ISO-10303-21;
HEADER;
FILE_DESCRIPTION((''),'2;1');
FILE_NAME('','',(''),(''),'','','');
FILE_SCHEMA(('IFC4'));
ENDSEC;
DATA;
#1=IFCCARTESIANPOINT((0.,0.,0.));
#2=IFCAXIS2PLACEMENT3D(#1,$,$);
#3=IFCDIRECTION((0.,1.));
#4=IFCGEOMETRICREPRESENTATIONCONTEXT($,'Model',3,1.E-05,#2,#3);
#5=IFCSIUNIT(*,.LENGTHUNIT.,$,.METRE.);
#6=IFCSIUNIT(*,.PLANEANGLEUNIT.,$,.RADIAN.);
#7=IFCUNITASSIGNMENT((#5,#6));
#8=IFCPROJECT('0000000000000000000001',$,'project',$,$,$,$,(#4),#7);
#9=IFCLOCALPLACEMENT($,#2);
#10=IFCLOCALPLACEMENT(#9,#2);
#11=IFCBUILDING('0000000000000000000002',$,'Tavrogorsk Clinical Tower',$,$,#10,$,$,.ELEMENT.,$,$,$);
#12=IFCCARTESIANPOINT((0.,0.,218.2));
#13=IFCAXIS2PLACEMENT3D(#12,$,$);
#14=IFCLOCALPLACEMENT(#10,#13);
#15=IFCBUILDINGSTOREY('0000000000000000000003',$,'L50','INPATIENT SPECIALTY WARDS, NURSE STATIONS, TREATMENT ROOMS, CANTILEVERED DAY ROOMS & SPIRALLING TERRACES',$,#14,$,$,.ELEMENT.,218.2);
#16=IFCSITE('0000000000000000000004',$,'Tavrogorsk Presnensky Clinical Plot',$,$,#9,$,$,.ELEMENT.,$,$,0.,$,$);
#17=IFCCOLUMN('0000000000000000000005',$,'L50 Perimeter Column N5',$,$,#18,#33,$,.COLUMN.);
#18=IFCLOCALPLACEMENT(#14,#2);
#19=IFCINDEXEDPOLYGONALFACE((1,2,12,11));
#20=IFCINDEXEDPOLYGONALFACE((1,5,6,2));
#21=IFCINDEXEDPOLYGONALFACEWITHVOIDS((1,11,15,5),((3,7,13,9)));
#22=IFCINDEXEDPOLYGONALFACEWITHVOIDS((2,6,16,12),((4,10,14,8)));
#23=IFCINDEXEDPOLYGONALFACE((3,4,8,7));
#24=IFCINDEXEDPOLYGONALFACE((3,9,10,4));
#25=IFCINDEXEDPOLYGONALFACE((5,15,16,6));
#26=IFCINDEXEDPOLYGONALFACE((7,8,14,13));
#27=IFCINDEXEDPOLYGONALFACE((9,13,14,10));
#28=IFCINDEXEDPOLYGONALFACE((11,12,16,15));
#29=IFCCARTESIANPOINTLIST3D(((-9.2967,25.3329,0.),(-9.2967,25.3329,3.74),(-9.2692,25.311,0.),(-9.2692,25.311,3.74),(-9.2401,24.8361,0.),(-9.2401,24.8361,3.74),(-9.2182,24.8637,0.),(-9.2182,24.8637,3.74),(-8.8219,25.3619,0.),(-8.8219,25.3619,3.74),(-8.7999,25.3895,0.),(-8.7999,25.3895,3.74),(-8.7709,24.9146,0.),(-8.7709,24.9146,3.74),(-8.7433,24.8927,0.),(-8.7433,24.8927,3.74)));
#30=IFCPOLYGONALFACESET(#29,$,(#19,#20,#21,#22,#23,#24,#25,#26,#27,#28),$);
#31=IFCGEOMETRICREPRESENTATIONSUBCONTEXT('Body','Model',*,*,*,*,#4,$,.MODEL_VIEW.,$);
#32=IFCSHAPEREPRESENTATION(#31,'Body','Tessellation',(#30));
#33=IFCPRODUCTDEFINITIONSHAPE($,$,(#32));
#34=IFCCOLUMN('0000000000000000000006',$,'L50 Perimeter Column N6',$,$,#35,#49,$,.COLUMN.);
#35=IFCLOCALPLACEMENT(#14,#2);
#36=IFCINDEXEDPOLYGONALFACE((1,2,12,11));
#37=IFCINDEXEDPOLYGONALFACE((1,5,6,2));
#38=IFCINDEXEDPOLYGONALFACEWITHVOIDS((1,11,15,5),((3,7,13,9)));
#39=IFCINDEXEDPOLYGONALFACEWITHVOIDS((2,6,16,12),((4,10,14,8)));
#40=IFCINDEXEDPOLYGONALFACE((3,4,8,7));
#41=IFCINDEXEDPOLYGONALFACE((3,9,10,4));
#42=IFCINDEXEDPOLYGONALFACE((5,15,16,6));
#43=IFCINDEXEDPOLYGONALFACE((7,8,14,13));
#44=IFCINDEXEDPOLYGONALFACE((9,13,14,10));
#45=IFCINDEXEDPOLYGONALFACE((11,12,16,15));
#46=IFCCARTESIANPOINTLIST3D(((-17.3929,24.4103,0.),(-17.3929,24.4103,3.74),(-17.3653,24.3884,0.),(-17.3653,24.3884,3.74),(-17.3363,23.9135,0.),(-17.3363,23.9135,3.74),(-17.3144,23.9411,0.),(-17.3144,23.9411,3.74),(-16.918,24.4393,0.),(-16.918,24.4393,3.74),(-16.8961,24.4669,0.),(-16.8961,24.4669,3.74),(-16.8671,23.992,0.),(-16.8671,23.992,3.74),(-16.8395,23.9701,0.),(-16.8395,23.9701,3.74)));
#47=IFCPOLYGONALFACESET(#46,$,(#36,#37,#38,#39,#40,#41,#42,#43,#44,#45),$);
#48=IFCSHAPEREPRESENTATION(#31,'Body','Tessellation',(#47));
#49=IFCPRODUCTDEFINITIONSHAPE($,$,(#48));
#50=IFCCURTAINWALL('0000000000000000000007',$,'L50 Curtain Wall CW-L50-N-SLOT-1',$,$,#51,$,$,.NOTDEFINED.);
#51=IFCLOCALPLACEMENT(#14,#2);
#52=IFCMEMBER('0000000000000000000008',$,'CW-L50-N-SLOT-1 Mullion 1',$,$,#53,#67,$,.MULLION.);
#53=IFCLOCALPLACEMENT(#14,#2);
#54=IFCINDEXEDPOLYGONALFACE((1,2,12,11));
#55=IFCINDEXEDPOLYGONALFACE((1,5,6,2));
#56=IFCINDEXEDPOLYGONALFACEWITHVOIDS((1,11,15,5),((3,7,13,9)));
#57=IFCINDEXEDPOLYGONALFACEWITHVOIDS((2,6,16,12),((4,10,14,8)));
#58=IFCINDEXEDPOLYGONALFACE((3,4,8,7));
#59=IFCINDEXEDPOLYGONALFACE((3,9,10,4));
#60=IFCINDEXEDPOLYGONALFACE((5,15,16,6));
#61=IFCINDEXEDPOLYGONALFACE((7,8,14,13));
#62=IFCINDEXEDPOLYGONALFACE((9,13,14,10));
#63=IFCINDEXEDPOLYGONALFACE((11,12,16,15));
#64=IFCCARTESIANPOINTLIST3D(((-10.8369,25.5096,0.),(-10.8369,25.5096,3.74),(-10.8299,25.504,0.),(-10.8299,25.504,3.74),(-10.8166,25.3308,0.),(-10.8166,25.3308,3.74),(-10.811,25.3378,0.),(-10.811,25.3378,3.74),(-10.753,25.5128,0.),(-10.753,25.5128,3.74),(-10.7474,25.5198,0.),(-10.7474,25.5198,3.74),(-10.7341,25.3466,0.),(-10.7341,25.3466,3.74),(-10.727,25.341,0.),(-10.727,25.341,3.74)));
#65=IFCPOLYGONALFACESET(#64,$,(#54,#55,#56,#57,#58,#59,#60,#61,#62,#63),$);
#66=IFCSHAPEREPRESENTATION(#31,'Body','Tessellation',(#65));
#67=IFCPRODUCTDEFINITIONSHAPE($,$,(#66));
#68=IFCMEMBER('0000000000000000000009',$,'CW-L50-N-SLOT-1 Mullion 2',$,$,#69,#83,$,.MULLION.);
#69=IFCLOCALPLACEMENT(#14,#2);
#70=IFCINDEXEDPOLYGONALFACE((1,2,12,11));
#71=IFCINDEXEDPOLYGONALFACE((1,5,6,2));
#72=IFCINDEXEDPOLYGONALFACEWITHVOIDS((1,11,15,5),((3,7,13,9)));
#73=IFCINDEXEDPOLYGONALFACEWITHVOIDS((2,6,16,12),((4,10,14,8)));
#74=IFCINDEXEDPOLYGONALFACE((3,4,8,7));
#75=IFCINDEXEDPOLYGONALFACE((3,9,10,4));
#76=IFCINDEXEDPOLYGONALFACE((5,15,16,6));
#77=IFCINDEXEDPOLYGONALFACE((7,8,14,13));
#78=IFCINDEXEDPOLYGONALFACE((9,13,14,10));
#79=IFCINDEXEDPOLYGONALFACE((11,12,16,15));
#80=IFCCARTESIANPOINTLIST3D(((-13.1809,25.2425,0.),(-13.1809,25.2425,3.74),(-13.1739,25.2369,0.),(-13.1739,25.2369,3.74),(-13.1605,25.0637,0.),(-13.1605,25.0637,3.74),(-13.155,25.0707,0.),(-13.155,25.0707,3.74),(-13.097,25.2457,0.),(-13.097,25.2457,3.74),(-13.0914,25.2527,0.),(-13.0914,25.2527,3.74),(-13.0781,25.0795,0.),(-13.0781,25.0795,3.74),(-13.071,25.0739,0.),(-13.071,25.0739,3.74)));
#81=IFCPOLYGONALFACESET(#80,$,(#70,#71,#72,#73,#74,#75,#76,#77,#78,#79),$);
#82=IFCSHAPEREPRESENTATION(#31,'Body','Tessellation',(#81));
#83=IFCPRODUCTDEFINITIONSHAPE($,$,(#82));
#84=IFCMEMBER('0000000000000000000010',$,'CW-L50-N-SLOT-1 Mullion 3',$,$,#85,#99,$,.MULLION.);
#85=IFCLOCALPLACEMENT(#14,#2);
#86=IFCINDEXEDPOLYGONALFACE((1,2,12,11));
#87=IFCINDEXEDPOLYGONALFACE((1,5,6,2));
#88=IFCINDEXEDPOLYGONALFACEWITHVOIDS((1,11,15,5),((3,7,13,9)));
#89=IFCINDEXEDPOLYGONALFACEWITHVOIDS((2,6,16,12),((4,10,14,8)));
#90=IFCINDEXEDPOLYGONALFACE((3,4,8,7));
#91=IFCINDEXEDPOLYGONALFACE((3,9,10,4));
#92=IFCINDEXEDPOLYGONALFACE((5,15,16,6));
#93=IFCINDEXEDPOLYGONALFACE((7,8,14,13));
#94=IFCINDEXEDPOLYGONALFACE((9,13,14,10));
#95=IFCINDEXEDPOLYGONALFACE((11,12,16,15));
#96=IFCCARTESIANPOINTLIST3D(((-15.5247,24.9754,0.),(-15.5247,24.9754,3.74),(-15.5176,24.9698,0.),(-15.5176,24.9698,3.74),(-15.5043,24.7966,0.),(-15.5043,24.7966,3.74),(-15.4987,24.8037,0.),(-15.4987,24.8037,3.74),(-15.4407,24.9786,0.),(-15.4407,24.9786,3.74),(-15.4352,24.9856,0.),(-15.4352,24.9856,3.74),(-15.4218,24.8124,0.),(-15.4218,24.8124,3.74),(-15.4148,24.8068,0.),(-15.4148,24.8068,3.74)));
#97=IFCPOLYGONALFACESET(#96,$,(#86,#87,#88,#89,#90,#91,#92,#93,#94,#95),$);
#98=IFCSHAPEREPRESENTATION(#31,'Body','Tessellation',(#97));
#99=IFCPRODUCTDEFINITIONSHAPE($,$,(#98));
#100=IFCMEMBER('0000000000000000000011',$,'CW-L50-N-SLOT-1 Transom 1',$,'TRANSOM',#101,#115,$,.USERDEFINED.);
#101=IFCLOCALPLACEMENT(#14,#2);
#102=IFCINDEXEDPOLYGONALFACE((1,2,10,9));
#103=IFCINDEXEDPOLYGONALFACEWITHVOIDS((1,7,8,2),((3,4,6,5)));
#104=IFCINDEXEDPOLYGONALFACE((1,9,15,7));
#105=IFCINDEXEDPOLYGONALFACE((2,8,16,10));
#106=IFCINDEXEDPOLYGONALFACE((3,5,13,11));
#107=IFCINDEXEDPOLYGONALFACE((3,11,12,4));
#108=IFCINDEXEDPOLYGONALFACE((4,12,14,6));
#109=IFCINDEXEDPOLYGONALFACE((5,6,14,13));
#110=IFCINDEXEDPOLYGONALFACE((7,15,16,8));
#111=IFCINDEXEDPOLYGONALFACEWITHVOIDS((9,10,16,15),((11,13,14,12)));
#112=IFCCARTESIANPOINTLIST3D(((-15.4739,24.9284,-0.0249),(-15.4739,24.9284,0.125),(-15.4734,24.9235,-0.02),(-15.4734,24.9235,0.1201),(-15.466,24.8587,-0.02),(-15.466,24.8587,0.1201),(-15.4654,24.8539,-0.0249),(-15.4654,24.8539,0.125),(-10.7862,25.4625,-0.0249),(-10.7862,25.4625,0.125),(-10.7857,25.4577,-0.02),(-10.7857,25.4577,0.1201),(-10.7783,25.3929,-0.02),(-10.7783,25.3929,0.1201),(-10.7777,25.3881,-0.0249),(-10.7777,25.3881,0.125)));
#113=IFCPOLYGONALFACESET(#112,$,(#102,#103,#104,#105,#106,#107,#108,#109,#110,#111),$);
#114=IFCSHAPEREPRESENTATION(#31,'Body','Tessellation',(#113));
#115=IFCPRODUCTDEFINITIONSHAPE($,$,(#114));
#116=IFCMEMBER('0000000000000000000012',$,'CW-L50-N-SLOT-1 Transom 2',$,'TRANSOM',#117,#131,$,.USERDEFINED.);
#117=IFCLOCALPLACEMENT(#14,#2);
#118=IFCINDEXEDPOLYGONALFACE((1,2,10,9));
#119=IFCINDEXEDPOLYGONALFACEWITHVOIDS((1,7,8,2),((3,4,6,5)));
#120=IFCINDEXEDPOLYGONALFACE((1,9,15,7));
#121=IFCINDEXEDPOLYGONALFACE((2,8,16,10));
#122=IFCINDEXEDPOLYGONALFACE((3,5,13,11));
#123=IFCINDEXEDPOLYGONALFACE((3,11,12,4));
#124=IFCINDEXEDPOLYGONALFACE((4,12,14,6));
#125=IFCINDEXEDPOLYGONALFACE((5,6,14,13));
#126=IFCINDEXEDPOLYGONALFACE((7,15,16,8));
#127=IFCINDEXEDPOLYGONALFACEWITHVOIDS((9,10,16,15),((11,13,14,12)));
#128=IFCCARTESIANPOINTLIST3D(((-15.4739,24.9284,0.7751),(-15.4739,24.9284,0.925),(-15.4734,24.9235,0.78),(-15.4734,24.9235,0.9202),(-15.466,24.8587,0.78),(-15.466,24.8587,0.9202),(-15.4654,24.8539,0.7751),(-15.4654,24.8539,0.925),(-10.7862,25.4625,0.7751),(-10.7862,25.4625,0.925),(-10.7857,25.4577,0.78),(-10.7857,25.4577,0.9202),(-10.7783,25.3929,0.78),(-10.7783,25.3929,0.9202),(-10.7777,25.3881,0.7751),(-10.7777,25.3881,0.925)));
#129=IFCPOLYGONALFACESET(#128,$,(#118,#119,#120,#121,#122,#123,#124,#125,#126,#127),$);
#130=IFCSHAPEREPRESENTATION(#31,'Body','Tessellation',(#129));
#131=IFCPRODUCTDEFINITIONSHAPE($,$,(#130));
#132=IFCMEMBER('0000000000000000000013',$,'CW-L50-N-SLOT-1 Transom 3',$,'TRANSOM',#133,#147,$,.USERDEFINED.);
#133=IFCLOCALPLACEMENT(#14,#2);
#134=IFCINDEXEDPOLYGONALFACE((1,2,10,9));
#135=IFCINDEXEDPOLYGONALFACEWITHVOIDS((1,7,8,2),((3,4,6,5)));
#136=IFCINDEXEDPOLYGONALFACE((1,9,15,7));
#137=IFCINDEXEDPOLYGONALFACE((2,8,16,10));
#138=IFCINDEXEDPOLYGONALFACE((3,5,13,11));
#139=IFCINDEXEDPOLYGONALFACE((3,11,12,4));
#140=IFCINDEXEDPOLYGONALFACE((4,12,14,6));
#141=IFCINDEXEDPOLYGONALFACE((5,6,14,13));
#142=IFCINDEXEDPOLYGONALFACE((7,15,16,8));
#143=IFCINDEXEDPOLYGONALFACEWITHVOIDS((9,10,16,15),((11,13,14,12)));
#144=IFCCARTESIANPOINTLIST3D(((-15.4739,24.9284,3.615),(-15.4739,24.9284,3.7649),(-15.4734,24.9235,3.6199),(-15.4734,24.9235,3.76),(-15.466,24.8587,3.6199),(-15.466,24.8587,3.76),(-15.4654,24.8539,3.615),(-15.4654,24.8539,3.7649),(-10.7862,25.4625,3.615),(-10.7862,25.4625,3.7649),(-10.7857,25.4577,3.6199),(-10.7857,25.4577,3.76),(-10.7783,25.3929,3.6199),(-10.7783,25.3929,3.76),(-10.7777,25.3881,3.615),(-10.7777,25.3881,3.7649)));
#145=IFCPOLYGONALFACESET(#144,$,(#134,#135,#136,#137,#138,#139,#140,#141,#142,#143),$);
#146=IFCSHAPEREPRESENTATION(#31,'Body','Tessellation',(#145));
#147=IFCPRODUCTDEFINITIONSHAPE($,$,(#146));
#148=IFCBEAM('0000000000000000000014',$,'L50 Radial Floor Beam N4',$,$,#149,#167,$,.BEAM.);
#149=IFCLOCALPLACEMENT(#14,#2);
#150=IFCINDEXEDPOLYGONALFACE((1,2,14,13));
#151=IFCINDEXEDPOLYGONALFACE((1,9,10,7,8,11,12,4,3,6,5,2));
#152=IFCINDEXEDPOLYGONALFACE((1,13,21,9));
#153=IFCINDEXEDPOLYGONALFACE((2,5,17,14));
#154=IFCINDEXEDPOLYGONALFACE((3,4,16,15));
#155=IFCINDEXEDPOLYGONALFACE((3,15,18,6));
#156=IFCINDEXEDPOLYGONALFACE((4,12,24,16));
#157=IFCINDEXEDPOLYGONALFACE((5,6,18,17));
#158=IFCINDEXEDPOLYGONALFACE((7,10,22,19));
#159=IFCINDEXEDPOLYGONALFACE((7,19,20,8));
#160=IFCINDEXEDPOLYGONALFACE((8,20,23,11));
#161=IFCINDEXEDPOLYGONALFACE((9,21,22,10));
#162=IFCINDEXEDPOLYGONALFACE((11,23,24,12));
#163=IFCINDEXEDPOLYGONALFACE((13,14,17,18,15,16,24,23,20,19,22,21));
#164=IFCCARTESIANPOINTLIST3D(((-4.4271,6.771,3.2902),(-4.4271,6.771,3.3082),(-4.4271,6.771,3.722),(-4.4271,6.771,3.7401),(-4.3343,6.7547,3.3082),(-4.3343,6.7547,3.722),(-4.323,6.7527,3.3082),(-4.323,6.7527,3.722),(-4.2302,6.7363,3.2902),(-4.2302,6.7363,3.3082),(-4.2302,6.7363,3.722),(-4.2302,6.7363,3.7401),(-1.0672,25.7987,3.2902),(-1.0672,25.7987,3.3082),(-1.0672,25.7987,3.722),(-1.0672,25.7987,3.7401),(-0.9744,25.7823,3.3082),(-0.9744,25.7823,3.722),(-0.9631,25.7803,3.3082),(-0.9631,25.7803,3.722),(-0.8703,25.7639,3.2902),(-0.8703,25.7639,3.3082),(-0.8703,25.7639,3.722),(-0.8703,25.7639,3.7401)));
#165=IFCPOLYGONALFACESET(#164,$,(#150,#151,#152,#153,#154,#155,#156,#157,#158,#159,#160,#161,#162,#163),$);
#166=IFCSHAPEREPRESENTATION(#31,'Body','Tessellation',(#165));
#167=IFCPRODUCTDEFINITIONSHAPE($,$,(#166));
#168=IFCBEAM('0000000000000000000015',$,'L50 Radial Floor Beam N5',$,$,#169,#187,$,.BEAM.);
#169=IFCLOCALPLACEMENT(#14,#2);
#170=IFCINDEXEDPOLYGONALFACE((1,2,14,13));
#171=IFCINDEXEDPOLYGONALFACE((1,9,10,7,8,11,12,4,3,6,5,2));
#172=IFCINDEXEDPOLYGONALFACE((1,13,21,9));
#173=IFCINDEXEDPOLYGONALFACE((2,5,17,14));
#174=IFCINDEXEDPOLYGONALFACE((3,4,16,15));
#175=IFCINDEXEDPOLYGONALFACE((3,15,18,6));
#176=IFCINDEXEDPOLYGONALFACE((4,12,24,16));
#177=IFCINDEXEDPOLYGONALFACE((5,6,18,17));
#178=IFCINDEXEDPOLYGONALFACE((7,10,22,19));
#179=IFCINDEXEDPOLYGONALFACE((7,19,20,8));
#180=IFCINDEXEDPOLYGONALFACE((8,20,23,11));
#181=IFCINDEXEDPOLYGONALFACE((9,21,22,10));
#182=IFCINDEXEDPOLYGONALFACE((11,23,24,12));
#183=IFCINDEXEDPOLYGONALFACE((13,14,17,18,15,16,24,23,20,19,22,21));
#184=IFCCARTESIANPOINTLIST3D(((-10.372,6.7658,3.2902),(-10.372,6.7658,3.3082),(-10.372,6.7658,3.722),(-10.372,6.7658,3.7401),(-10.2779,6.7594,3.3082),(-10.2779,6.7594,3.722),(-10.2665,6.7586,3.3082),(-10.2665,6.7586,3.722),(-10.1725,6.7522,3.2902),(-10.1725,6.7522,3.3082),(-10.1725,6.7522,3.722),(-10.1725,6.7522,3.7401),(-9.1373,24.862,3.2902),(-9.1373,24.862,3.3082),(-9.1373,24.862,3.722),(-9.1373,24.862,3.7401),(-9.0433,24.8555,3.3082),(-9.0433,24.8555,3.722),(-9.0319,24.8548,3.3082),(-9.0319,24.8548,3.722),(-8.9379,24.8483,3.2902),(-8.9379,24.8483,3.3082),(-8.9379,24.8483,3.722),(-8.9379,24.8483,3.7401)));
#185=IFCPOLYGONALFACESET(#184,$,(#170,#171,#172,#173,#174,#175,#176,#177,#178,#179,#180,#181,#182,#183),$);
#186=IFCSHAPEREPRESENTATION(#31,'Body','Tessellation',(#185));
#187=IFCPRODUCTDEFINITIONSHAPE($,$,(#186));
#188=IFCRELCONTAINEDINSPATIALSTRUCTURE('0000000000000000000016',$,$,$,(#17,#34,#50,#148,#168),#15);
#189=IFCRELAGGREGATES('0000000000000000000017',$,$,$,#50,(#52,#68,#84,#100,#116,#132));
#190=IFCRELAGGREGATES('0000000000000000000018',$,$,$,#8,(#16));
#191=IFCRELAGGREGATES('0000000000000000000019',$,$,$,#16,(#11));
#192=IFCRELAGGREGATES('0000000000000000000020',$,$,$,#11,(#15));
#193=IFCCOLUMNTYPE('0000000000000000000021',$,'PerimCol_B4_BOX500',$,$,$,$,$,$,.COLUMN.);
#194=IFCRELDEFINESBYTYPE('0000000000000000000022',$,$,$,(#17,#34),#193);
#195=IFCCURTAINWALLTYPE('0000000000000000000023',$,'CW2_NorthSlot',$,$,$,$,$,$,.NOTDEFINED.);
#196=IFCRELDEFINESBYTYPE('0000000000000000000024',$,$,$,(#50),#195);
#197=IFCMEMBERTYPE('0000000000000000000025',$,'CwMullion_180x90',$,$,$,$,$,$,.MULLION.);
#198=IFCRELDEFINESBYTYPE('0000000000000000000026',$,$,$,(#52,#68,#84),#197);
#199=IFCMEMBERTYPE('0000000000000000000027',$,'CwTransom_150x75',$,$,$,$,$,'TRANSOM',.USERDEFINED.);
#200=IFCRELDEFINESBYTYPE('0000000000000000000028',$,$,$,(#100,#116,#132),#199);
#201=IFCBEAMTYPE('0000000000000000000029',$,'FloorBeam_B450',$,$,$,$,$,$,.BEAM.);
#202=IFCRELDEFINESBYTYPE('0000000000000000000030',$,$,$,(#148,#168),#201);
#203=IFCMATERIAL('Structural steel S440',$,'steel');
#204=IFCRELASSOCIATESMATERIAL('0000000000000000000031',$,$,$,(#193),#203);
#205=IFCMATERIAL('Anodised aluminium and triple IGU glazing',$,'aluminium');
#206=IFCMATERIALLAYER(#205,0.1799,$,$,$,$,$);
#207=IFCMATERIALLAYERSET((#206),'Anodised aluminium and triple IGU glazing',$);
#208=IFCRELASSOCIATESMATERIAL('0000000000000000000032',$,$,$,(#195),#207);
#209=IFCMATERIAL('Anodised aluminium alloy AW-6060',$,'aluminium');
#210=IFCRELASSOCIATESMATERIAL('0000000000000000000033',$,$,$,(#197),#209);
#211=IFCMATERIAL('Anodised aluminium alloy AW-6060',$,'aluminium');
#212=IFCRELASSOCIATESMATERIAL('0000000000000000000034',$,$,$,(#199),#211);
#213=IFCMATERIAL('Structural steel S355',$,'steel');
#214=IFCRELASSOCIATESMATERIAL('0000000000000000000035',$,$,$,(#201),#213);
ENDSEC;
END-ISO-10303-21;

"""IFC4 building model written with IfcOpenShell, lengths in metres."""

from ifc_helpers import new_model, si_unit, direction, frame, origin, origin_2d, place, context, subcontext, project, spatial, hollow_rectangle, i_section, extrude, material, layer, layer_set, material_profile, profile_set, type_object, element, aggregate, save


model = new_model("IFC4")

# Units and contexts
model_context = context("Model", 3, precision=1e-05, world=origin(), true_north=direction((0.0, 1.0)))
body_context = subcontext(model_context, "Body", "Model", "MODEL_VIEW")
ifc_project = project(units=[si_unit("LENGTHUNIT", "METRE"), si_unit("PLANEANGLEUNIT", "RADIAN")], contexts=[model_context])

# Site, building, storey
site_placement = place(None, origin())
site = spatial("IfcSite", under=ifc_project, at=site_placement, Name="Tavrogorsk Presnensky Clinical Plot", CompositionType="ELEMENT", RefElevation=0.0)
building_placement = place(site_placement, origin())
building = spatial("IfcBuilding", under=site, at=building_placement, Name="Tavrogorsk Clinical Tower", CompositionType="ELEMENT")
storey_placement = place(building_placement, frame((0.0, 0.0, 218.2)))
storey = spatial("IfcBuildingStorey", under=building, at=storey_placement, Name="L50", Description="INPATIENT SPECIALTY WARDS, NURSE STATIONS, TREATMENT ROOMS, CANTILEVERED DAY ROOMS & SPIRALLING TERRACES", CompositionType="ELEMENT", Elevation=218.2)

# Columns
ifc_material_1 = material(Name="Structural steel S440", Category="steel")
ifc_material_profile_1 = material_profile(ifc_material_1, hollow_rectangle(XDim=0.5, YDim=0.5, WallThickness=0.0249, at=origin_2d()), Name="BOX-500x500x25")
ifc_profile_set_1 = profile_set([ifc_material_profile_1], Name="Structural steel S440")
column_type = type_object("IfcColumnType", Name="PerimCol_B4_BOX500", PredefinedType="COLUMN", material=ifc_profile_set_1)
for number, where, z_axis, x_axis, name in (
    (1, (-9.02, 25.1128, 0.0), (0.0, 0.0, 1.0), (0.993572, 0.113203, 0.0), "L50 Perimeter Column N5"),
    (2, (-17.1162, 24.1902, 0.0), (0.0, 0.0, 1.0), (0.993572, 0.113203, 0.0), "L50 Perimeter Column N6"),
):
    element("IfcColumn", number, at=place(storey_placement, frame(where, z_axis=z_axis, x_axis=x_axis)), inside=storey, type_object=column_type, Name=name, PredefinedType="COLUMN", context=body_context, shape_type="SweptSolid", body=[
        extrude(hollow_rectangle(XDim=0.5, YDim=0.5, WallThickness=0.0249, at=origin_2d()), origin(), (0.0, 0.0, 1.0), 3.74),
    ])

# Curtain wall, members
ifc_material_2 = material(Name="Anodised aluminium and triple IGU glazing", Category="aluminium")
ifc_layer_1 = layer(ifc_material_2, 0.1799)
ifc_layer_set_1 = layer_set([ifc_layer_1], Name="Anodised aluminium and triple IGU glazing")
curtain_wall_type = type_object("IfcCurtainWallType", Name="CW2_NorthSlot", PredefinedType="NOTDEFINED", material=ifc_layer_set_1)
curtain_wall_placement = place(storey_placement, origin())
curtain_wall = element("IfcCurtainWall", 3, at=curtain_wall_placement, inside=storey, type_object=curtain_wall_type, Name="L50 Curtain Wall CW-L50-N-SLOT-1", PredefinedType="NOTDEFINED")
ifc_material_3 = material(Name="Anodised aluminium alloy AW-6060", Category="aluminium")
ifc_material_profile_2 = material_profile(ifc_material_3, hollow_rectangle(XDim=0.0901, YDim=0.1799, WallThickness=0.0063, at=origin_2d()), Name="RHS-180x90x6.3")
ifc_profile_set_2 = profile_set([ifc_material_profile_2], Name="Anodised aluminium alloy AW-6060")
member_type_1 = type_object("IfcMemberType", Name="CwMullion_180x90", PredefinedType="MULLION", material=ifc_profile_set_2)
member_1_placement = place(storey_placement, frame((-10.782, 25.4253, 0.0), z_axis=(0.0, 0.0, 1.0), x_axis=(-0.993572, -0.113203, 0.0)))
member_1 = element("IfcMember", 4, at=member_1_placement, type_object=member_type_1, Name="CW-L50-N-SLOT-1 Mullion 1", PredefinedType="MULLION", context=body_context, shape_type="SweptSolid", body=[
    extrude(hollow_rectangle(XDim=0.0901, YDim=0.1799, WallThickness=0.0063, at=origin_2d()), origin(), (0.0, 0.0, 1.0), 3.74),
])
member_2_placement = place(storey_placement, frame((-13.126, 25.1582, 0.0), z_axis=(0.0, 0.0, 1.0), x_axis=(-0.993572, -0.113203, 0.0)))
member_2 = element("IfcMember", 5, at=member_2_placement, type_object=member_type_1, Name="CW-L50-N-SLOT-1 Mullion 2", PredefinedType="MULLION", context=body_context, shape_type="SweptSolid", body=[
    extrude(hollow_rectangle(XDim=0.0901, YDim=0.1799, WallThickness=0.0063, at=origin_2d()), origin(), (0.0, 0.0, 1.0), 3.74),
])
member_3_placement = place(storey_placement, frame((-15.4697, 24.8911, 0.0), z_axis=(0.0, 0.0, 1.0), x_axis=(-0.993572, -0.113203, 0.0)))
member_3 = element("IfcMember", 6, at=member_3_placement, type_object=member_type_1, Name="CW-L50-N-SLOT-1 Mullion 3", PredefinedType="MULLION", context=body_context, shape_type="SweptSolid", body=[
    extrude(hollow_rectangle(XDim=0.0901, YDim=0.1799, WallThickness=0.0063, at=origin_2d()), origin(), (0.0, 0.0, 1.0), 3.74),
])
ifc_material_4 = material(Name="Anodised aluminium alloy AW-6060", Category="aluminium")
ifc_material_profile_3 = material_profile(ifc_material_4, hollow_rectangle(XDim=0.075, YDim=0.1499, WallThickness=0.0049, at=origin_2d()), Name="RHS-150x75x5")
ifc_profile_set_3 = profile_set([ifc_material_profile_3], Name="Anodised aluminium alloy AW-6060")
member_type_2 = type_object("IfcMemberType", Name="CwTransom_150x75", ElementType="TRANSOM", PredefinedType="USERDEFINED", material=ifc_profile_set_3)
member_4_placement = place(storey_placement, frame((-10.782, 25.4253, 0.05), z_axis=(-0.99357, -0.11322, 0.0), x_axis=(0.11322, -0.99357, 0.0)))
member_4 = element("IfcMember", 7, at=member_4_placement, type_object=member_type_2, Name="CW-L50-N-SLOT-1 Transom 1", ObjectType="TRANSOM", PredefinedType="USERDEFINED", context=body_context, shape_type="SweptSolid", body=[
    extrude(hollow_rectangle(XDim=0.075, YDim=0.1499, WallThickness=0.0049, at=origin_2d()), origin(), (0.0, 0.0, 1.0), 4.718),
])
member_5_placement = place(storey_placement, frame((-10.782, 25.4253, 0.8501), z_axis=(-0.99357, -0.11322, 0.0), x_axis=(0.11322, -0.99357, 0.0)))
member_5 = element("IfcMember", 8, at=member_5_placement, type_object=member_type_2, Name="CW-L50-N-SLOT-1 Transom 2", ObjectType="TRANSOM", PredefinedType="USERDEFINED", context=body_context, shape_type="SweptSolid", body=[
    extrude(hollow_rectangle(XDim=0.075, YDim=0.1499, WallThickness=0.0049, at=origin_2d()), origin(), (0.0, 0.0, 1.0), 4.718),
])
member_6_placement = place(storey_placement, frame((-10.782, 25.4253, 3.6899), z_axis=(-0.99357, -0.11322, 0.0), x_axis=(0.11322, -0.99357, 0.0)))
member_6 = element("IfcMember", 9, at=member_6_placement, type_object=member_type_2, Name="CW-L50-N-SLOT-1 Transom 3", ObjectType="TRANSOM", PredefinedType="USERDEFINED", context=body_context, shape_type="SweptSolid", body=[
    extrude(hollow_rectangle(XDim=0.075, YDim=0.1499, WallThickness=0.0049, at=origin_2d()), origin(), (0.0, 0.0, 1.0), 4.718),
])

# Beams
ifc_material_5 = material(Name="Structural steel S355", Category="steel")
ifc_material_profile_4 = material_profile(ifc_material_5, i_section(OverallWidth=0.2, OverallDepth=0.45, WebThickness=0.0115, FlangeThickness=0.0181, at=origin_2d()), Name="B-450x200x11.5x18")
ifc_profile_set_4 = profile_set([ifc_material_profile_4], Name="Structural steel S355")
beam_type_1 = type_object("IfcBeamType", Name="FloorBeam_B450", PredefinedType="BEAM", material=ifc_profile_set_4)
beam_1_placement = place(storey_placement, frame((-4.3286, 6.7537, 3.5151), z_axis=(0.173888, 0.984765, 0.0), x_axis=(-0.984765, 0.173888, 0.0)))
element("IfcBeam", 10, at=beam_1_placement, inside=storey, type_object=beam_type_1, Name="L50 Radial Floor Beam N4", PredefinedType="BEAM", context=body_context, shape_type="SweptSolid", body=[
    extrude(i_section(OverallWidth=0.2, OverallDepth=0.45, WebThickness=0.0115, FlangeThickness=0.0181, at=origin_2d()), origin(), (0.0, 0.0, 1.0), 19.322),
])
beam_2_placement = place(storey_placement, frame((-10.2722, 6.759, 3.5151), z_axis=(0.068067, 0.997681, 0.0), x_axis=(-0.997681, 0.068067, 0.0)))
element("IfcBeam", 11, at=beam_2_placement, inside=storey, type_object=beam_type_1, Name="L50 Radial Floor Beam N5", PredefinedType="BEAM", context=body_context, shape_type="SweptSolid", body=[
    extrude(i_section(OverallWidth=0.2, OverallDepth=0.45, WebThickness=0.0115, FlangeThickness=0.0181, at=origin_2d()), origin(), (0.0, 0.0, 1.0), 18.1382),
])

aggregate(curtain_wall, [member_1, member_2, member_3, member_4, member_5, member_6])

save(model, "model.ifc")
